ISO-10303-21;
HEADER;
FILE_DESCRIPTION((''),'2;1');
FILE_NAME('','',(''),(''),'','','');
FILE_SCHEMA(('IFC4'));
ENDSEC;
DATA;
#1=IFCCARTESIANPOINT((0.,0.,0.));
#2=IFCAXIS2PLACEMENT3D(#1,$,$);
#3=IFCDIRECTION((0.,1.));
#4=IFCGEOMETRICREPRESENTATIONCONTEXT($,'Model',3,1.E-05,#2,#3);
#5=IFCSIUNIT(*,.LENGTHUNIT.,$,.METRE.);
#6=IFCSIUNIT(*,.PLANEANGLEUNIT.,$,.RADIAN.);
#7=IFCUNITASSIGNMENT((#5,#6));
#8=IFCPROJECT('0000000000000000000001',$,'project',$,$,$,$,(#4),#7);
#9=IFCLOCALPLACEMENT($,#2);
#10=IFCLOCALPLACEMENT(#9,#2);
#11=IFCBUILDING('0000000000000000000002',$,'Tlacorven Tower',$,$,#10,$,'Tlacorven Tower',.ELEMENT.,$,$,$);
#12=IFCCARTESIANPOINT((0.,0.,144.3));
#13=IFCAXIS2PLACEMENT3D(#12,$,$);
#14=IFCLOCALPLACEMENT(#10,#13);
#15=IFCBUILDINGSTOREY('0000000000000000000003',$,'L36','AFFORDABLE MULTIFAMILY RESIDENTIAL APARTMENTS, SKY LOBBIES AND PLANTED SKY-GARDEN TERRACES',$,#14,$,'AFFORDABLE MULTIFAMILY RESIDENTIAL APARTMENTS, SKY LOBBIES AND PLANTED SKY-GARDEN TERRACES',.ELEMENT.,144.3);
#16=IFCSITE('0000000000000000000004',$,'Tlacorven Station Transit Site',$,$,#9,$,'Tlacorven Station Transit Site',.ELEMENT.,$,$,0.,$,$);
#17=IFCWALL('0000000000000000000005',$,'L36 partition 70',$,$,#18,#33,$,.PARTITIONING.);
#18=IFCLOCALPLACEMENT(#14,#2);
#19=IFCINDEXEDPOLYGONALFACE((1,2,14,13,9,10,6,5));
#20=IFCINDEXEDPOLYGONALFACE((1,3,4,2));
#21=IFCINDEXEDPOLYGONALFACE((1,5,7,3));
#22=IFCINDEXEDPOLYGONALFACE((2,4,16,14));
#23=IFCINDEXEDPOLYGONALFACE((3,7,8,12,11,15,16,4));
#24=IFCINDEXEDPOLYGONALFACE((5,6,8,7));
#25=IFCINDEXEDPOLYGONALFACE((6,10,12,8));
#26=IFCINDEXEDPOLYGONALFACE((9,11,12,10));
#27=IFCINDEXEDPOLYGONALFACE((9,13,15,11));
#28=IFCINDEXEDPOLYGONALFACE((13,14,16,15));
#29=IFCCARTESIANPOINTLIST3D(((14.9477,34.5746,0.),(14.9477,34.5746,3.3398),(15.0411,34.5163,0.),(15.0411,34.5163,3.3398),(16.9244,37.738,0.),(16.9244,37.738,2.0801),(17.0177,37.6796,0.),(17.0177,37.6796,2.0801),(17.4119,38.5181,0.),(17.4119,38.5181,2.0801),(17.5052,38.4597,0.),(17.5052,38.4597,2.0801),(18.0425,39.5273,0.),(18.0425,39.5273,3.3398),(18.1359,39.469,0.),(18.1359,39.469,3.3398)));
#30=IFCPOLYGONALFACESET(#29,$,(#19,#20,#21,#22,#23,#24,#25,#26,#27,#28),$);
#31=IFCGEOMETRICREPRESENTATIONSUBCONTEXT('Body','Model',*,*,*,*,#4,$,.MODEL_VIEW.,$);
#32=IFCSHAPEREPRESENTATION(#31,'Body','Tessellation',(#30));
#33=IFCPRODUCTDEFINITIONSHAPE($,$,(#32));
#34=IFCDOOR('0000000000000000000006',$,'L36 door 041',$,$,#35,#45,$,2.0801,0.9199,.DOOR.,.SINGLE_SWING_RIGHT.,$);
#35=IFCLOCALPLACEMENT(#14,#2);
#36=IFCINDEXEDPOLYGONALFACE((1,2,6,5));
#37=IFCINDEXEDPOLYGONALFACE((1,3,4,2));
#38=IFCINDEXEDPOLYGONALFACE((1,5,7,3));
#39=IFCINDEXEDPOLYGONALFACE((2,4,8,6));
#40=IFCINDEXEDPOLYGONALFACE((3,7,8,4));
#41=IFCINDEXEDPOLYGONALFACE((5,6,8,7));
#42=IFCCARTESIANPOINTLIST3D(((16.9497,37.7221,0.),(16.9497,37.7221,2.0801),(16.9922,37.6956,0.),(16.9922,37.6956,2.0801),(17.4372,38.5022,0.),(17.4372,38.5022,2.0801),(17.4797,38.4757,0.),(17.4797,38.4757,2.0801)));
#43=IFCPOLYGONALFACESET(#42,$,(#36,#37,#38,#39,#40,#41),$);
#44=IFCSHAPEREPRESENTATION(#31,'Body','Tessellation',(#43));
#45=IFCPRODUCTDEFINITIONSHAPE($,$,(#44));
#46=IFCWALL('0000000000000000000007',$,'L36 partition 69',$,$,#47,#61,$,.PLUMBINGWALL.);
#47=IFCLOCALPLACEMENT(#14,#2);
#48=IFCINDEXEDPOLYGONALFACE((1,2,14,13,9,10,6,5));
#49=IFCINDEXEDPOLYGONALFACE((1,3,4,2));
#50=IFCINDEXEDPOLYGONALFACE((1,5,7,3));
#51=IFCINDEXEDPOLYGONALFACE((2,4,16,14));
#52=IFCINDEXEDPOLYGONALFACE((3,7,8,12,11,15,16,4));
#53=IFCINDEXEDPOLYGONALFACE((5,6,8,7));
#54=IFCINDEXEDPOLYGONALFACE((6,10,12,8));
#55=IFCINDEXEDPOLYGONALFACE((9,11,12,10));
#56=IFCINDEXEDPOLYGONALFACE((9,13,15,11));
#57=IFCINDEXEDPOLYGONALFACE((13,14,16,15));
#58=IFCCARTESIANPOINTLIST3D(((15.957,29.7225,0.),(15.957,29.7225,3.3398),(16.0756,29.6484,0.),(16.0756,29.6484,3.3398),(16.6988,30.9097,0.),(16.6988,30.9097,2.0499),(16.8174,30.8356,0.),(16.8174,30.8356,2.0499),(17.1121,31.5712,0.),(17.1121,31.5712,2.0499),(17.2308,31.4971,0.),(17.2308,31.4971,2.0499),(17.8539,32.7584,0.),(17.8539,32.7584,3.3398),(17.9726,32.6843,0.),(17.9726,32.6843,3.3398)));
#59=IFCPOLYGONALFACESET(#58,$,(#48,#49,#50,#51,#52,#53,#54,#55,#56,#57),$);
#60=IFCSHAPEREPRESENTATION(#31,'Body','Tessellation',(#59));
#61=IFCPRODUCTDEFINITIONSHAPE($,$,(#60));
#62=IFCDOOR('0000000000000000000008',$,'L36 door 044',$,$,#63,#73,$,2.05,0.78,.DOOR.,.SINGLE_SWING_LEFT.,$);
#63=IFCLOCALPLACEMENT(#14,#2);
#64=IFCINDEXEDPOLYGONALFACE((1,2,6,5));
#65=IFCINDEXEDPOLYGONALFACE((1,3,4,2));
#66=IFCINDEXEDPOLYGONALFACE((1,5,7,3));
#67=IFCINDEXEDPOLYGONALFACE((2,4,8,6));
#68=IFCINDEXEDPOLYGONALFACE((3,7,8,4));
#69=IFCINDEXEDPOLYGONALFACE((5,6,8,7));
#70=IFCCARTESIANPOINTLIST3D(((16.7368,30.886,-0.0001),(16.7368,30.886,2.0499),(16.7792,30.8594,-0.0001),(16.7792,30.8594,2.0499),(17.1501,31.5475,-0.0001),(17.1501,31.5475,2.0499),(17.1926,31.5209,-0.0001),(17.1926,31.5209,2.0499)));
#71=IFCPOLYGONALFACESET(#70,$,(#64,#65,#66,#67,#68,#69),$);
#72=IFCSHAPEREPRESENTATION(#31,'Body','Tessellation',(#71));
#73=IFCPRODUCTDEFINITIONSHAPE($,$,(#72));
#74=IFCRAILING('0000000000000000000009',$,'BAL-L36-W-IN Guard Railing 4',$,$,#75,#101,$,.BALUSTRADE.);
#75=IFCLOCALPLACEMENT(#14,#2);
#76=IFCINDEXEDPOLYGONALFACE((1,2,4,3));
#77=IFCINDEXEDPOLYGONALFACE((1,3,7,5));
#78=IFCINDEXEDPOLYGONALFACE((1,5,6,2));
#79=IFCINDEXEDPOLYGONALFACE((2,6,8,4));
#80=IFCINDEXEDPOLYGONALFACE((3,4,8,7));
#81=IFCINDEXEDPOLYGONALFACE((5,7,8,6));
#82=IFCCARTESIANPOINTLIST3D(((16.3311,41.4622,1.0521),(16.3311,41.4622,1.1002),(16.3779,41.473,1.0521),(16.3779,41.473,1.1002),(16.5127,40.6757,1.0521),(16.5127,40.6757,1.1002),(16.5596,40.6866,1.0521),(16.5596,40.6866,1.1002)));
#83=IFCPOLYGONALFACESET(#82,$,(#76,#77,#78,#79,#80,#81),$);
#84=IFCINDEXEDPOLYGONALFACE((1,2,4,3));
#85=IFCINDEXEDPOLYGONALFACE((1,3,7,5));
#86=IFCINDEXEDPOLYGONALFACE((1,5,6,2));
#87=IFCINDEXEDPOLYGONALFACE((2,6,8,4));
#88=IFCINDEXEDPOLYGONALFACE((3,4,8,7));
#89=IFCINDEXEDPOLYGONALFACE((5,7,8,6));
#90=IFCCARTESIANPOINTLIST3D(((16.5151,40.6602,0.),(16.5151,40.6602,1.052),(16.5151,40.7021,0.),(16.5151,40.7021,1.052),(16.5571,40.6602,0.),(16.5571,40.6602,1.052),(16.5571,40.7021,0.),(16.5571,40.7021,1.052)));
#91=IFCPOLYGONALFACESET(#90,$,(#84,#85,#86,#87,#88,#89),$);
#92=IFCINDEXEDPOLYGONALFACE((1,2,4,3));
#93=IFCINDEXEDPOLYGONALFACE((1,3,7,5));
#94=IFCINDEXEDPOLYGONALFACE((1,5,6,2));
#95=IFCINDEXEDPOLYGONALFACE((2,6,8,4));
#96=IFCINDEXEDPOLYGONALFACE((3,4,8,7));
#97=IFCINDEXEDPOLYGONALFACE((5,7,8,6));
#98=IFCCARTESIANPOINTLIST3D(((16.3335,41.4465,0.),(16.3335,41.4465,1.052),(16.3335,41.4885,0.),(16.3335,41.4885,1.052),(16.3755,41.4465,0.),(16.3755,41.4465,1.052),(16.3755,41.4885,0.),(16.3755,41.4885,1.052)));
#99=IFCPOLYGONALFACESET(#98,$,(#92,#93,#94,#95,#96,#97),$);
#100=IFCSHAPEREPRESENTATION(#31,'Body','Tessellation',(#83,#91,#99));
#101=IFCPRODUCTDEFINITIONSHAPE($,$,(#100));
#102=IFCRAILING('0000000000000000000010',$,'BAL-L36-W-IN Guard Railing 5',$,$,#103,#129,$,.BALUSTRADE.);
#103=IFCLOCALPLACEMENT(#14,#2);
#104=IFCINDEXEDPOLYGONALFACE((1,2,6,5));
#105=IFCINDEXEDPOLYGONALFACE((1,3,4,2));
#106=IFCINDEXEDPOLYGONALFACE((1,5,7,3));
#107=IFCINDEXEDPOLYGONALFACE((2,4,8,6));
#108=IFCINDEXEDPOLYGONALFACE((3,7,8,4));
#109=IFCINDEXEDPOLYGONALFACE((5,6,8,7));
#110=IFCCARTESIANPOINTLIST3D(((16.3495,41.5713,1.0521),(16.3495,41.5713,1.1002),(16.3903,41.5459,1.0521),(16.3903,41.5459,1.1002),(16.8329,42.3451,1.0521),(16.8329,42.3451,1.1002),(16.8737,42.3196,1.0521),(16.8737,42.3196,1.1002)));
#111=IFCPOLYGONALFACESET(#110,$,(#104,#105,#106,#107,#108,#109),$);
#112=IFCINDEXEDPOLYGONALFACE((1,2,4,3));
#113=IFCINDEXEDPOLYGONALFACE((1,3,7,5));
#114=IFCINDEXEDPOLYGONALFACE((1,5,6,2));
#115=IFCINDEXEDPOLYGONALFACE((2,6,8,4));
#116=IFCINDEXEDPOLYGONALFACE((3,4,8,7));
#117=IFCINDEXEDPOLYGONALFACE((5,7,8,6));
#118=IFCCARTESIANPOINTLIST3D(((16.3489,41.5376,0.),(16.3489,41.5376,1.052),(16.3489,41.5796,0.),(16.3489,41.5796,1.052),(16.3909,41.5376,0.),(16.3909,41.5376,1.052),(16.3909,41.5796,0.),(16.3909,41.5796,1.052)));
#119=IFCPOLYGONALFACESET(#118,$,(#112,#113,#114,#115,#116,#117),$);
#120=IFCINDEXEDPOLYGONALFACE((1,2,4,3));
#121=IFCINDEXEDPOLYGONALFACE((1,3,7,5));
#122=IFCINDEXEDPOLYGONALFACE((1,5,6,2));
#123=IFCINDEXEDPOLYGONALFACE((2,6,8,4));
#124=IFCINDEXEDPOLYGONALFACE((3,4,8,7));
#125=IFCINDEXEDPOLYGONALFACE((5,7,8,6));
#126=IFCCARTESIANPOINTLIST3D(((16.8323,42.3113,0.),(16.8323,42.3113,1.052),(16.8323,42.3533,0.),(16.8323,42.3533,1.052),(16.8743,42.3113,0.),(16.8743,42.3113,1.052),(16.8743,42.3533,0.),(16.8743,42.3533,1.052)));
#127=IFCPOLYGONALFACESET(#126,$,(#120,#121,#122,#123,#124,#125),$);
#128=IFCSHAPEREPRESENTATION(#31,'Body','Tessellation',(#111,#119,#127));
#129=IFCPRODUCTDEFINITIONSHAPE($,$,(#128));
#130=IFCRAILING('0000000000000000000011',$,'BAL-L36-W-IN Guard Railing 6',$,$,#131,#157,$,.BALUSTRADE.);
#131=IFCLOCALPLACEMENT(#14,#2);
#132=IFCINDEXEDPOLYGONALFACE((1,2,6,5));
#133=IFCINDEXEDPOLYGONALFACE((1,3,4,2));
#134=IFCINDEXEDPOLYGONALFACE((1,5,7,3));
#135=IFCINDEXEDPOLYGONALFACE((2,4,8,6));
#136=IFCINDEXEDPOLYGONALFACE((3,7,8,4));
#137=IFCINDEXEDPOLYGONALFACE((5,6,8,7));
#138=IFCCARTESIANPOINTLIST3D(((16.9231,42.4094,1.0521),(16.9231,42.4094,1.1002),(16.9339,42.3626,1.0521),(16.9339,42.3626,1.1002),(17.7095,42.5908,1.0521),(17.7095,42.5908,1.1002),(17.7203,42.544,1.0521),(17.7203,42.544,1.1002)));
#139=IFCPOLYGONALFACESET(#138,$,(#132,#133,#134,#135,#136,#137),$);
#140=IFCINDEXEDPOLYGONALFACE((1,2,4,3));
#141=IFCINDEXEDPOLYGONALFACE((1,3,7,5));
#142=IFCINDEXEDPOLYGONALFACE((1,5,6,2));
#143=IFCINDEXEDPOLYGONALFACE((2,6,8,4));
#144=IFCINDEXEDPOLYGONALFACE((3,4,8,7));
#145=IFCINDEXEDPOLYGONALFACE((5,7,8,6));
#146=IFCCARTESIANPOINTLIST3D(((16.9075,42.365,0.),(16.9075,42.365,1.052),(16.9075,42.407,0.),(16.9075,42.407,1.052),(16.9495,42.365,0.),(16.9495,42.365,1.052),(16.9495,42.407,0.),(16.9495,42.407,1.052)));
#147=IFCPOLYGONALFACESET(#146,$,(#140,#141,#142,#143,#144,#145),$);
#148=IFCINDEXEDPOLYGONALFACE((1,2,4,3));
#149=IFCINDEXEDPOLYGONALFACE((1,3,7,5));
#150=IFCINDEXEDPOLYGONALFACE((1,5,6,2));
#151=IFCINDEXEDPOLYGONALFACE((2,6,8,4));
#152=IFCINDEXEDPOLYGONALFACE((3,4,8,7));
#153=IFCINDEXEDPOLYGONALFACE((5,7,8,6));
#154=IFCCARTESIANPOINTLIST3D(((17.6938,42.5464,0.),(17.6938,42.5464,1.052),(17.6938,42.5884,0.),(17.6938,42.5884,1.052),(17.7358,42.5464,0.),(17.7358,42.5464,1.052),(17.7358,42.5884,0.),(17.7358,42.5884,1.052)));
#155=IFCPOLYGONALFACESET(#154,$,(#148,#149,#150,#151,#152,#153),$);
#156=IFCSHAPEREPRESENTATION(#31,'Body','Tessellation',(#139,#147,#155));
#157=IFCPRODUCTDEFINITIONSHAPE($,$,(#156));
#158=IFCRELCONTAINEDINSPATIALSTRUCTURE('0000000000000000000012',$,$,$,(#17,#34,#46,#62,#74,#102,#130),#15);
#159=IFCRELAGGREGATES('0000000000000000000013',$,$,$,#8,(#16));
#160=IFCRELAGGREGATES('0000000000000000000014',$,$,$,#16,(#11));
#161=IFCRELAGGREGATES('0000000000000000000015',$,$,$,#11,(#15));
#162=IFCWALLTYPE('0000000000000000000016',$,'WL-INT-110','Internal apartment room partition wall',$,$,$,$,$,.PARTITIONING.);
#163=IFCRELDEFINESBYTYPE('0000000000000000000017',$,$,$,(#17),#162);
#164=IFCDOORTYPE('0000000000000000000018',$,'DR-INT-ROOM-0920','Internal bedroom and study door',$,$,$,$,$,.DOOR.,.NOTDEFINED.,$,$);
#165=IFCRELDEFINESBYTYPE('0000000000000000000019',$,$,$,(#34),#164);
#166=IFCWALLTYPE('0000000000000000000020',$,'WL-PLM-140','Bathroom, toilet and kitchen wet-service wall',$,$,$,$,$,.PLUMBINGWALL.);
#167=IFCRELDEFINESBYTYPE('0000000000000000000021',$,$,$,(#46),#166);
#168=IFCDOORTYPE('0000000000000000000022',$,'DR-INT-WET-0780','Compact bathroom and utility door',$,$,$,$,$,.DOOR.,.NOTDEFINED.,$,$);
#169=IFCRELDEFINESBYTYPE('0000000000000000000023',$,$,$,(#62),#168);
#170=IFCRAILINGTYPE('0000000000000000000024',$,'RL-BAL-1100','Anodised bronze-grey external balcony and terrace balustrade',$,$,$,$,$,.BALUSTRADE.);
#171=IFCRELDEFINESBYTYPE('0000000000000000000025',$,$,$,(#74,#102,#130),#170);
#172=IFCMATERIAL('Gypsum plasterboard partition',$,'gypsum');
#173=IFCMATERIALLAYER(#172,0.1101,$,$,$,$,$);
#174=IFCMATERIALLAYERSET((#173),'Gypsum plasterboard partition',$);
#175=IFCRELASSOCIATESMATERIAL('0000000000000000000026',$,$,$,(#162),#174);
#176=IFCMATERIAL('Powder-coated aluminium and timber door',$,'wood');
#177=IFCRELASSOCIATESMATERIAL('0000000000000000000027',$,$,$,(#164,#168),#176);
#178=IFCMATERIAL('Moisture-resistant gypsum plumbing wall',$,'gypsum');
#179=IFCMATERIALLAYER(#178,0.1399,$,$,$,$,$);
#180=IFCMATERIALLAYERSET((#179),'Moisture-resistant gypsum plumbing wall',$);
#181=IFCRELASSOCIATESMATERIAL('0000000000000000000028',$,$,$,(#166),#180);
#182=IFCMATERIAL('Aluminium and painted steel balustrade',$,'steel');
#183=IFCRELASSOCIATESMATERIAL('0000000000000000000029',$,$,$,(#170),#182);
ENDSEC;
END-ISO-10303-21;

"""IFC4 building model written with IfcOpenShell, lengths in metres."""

from ifc_helpers import new_model, si_unit, direction, frame, frame_2d, origin, origin_2d, place, context, subcontext, project, spatial, rectangle, extrude, source, transform, mapped, material, layer, layer_set, type_object, element, fill, save


model = new_model("IFC4")

# Units and contexts
model_context = context("Model", 3, precision=1e-05, world=origin(), true_north=direction((0.0, 1.0)))
body_context = subcontext(model_context, "Body", "Model", "MODEL_VIEW")
ifc_project = project(units=[si_unit("LENGTHUNIT", "METRE"), si_unit("PLANEANGLEUNIT", "RADIAN")], contexts=[model_context])

# Site, building, storey
site_placement = place(None, origin())
site = spatial("IfcSite", under=ifc_project, at=site_placement, Name="Tlacorven Station Transit Site", LongName="Tlacorven Station Transit Site", CompositionType="ELEMENT", RefElevation=0.0)
building_placement = place(site_placement, origin())
building = spatial("IfcBuilding", under=site, at=building_placement, Name="Tlacorven Tower", LongName="Tlacorven Tower", CompositionType="ELEMENT")
storey_placement = place(building_placement, frame((0.0, 0.0, 144.3)))
storey = spatial("IfcBuildingStorey", under=building, at=storey_placement, Name="L36", Description="AFFORDABLE MULTIFAMILY RESIDENTIAL APARTMENTS, SKY LOBBIES AND PLANTED SKY-GARDEN TERRACES", LongName="AFFORDABLE MULTIFAMILY RESIDENTIAL APARTMENTS, SKY LOBBIES AND PLANTED SKY-GARDEN TERRACES", CompositionType="ELEMENT", Elevation=144.3)

# Shared definitions
ifc_material_1 = material(Name="Powder-coated aluminium and timber door", Category="wood")

# Walls, openings, doors
ifc_material_2 = material(Name="Gypsum plasterboard partition", Category="gypsum")
ifc_layer_1 = layer(ifc_material_2, 0.1101)
ifc_layer_set_1 = layer_set([ifc_layer_1], Name="Gypsum plasterboard partition")
wall_type_1 = type_object("IfcWallType", Name="WL-INT-110", Description="Internal apartment room partition wall", PredefinedType="PARTITIONING", material=ifc_layer_set_1)
wall_1_placement = place(storey_placement, frame((18.0891, 39.498, 0.0), z_axis=(0.0, 0.0, 1.0), x_axis=(-0.529916, -0.84805, 0.0)))
wall_1 = element("IfcWall", 1, at=wall_1_placement, inside=storey, type_object=wall_type_1, Name="L36 partition 70", PredefinedType="PARTITIONING", context=body_context, shape_type="SweptSolid", body=[
    extrude(rectangle(XDim=5.8401, YDim=0.1101, at=frame_2d((2.9199, 0.0))), origin(), (0.0, 0.0, 1.0), 3.3398),
])
opening_1_placement = place(wall_1_placement, frame((1.1899, 0.0, 0.0)))
opening_1 = element("IfcOpeningElement", 2, at=opening_1_placement, cuts=wall_1, PredefinedType="OPENING", context=body_context, shape_type="SweptSolid", body=[
    extrude(rectangle(XDim=0.9199, YDim=2.0801, at=frame_2d((0.46, 1.04))), frame((0.0, 0.0649, 0.0), z_axis=(0.0, -1.0, 0.0), x_axis=(1.0, 0.0, 0.0)), (0.0, 0.0, 1.0), 0.1301),
])
door_type_1 = type_object("IfcDoorType", Name="DR-INT-ROOM-0920", Description="Internal bedroom and study door", OperationType="NOTDEFINED", PredefinedType="DOOR", material=ifc_material_1)
shared_shape_1 = source(origin(), body_context, "Body", "SweptSolid", [
    extrude(rectangle(XDim=0.9199, YDim=2.0801, at=frame_2d((0.46, 1.04))), frame((0.0, 0.0249, 0.0), z_axis=(0.0, -1.0, 0.0), x_axis=(1.0, 0.0, 0.0)), (0.0, 0.0, 1.0), 0.05),
])
door_1_placement = place(opening_1_placement, origin())
door_1 = element("IfcDoor", 3, at=door_1_placement, inside=storey, type_object=door_type_1, Name="L36 door 041", OperationType="SINGLE_SWING_RIGHT", OverallHeight=2.0801, OverallWidth=0.9199, PredefinedType="DOOR", context=body_context, shape_type="MappedRepresentation", body=[
    mapped(shared_shape_1, transform((0.0, 0.0, 0.0), scale=1.0)),
])
fill(opening_1, door_1)
ifc_material_3 = material(Name="Moisture-resistant gypsum plumbing wall", Category="gypsum")
ifc_layer_2 = layer(ifc_material_3, 0.1399)
ifc_layer_set_2 = layer_set([ifc_layer_2], Name="Moisture-resistant gypsum plumbing wall")
wall_type_2 = type_object("IfcWallType", Name="WL-PLM-140", Description="Bathroom, toilet and kitchen wet-service wall", PredefinedType="PLUMBINGWALL", material=ifc_layer_set_2)
wall_2_placement = place(storey_placement, frame((17.9133, 32.7214, 0.0), z_axis=(0.0, 0.0, 1.0), x_axis=(-0.529907, -0.848056, 0.0)))
wall_2 = element("IfcWall", 4, at=wall_2_placement, inside=storey, type_object=wall_type_2, Name="L36 partition 69", PredefinedType="PLUMBINGWALL", context=body_context, shape_type="SweptSolid", body=[
    extrude(rectangle(XDim=3.5798, YDim=0.1399, at=frame_2d((1.79, 0.0))), origin(), (0.0, 0.0, 1.0), 3.3398),
])
opening_2_placement = place(wall_2_placement, frame((1.3999, 0.0, 0.0)))
opening_2 = element("IfcOpeningElement", 5, at=opening_2_placement, cuts=wall_2, PredefinedType="OPENING", context=body_context, shape_type="SweptSolid", body=[
    extrude(rectangle(XDim=0.78, YDim=2.05, at=frame_2d((0.3901, 1.0249))), frame((0.0, 0.0801, 0.0), z_axis=(0.0, -1.0, 0.0), x_axis=(1.0, 0.0, 0.0)), (0.0, 0.0, 1.0), 0.1599),
])
door_type_2 = type_object("IfcDoorType", Name="DR-INT-WET-0780", Description="Compact bathroom and utility door", OperationType="NOTDEFINED", PredefinedType="DOOR", material=ifc_material_1)
shared_shape_2 = source(origin(), body_context, "Body", "SweptSolid", [
    extrude(rectangle(XDim=0.78, YDim=2.05, at=frame_2d((0.3901, 1.0249))), frame((0.0, 0.0249, 0.0), z_axis=(0.0, -1.0, 0.0), x_axis=(1.0, 0.0, 0.0)), (0.0, 0.0, 1.0), 0.05),
])
door_2_placement = place(opening_2_placement, origin())
door_2 = element("IfcDoor", 6, at=door_2_placement, inside=storey, type_object=door_type_2, Name="L36 door 044", OperationType="SINGLE_SWING_LEFT", OverallHeight=2.05, OverallWidth=0.78, PredefinedType="DOOR", context=body_context, shape_type="MappedRepresentation", body=[
    mapped(shared_shape_2, transform((0.0, 0.0, 0.0), scale=1.0)),
])
fill(opening_2, door_2)

# Railings
ifc_material_4 = material(Name="Aluminium and painted steel balustrade", Category="steel")
railing_type = type_object("IfcRailingType", Name="RL-BAL-1100", Description="Anodised bronze-grey external balcony and terrace balustrade", PredefinedType="BALUSTRADE", material=ifc_material_4)
shared_shape_3 = source(origin(), body_context, "Body", "SweptSolid", [
    extrude(rectangle(XDim=0.0481, YDim=0.0481, at=origin_2d()), frame((0.0, 0.0, 1.0762), z_axis=(-0.225058, 0.974345, 0.0), x_axis=(-0.974345, -0.225058, 0.0)), (0.0, 0.0, 1.0), 0.8071),
    extrude(rectangle(XDim=0.042, YDim=0.042, at=origin_2d()), origin(), (0.0, 0.0, 1.0), 1.052),
    extrude(rectangle(XDim=0.042, YDim=0.042, at=origin_2d()), frame((-0.1816, 0.7864, 0.0)), (0.0, 0.0, 1.0), 1.052),
])
railing_1_placement = place(storey_placement, frame((16.5361, 40.6812, 0.0)))
element("IfcRailing", 7, at=railing_1_placement, inside=storey, type_object=railing_type, Name="BAL-L36-W-IN Guard Railing 4", PredefinedType="BALUSTRADE", context=body_context, shape_type="MappedRepresentation", body=[
    mapped(shared_shape_3, transform((0.0, 0.0, 0.0), scale=1.0)),
])
shared_shape_4 = source(origin(), body_context, "Body", "SweptSolid", [
    extrude(rectangle(XDim=0.0481, YDim=0.0481, at=origin_2d()), frame((0.0, 0.0, 1.0762), z_axis=(0.529879, 0.848073, 0.0), x_axis=(-0.848073, 0.529879, 0.0)), (0.0, 0.0, 1.0), 0.9124),
    extrude(rectangle(XDim=0.042, YDim=0.042, at=origin_2d()), origin(), (0.0, 0.0, 1.0), 1.052),
    extrude(rectangle(XDim=0.042, YDim=0.042, at=origin_2d()), frame((0.4834, 0.7737, 0.0)), (0.0, 0.0, 1.0), 1.052),
])
railing_2_placement = place(storey_placement, frame((16.3699, 41.5586, 0.0)))
element("IfcRailing", 8, at=railing_2_placement, inside=storey, type_object=railing_type, Name="BAL-L36-W-IN Guard Railing 5", PredefinedType="BALUSTRADE", context=body_context, shape_type="MappedRepresentation", body=[
    mapped(shared_shape_4, transform((0.0, 0.0, 0.0), scale=1.0)),
])
shared_shape_5 = source(origin(), body_context, "Body", "SweptSolid", [
    extrude(rectangle(XDim=0.0481, YDim=0.0481, at=origin_2d()), frame((0.0, 0.0, 1.0762), z_axis=(0.974412, 0.224771, 0.0), x_axis=(-0.224771, 0.974412, 0.0)), (0.0, 0.0, 1.0), 0.8071),
    extrude(rectangle(XDim=0.042, YDim=0.042, at=origin_2d()), origin(), (0.0, 0.0, 1.0), 1.052),
    extrude(rectangle(XDim=0.042, YDim=0.042, at=origin_2d()), frame((0.7864, 0.1814, 0.0)), (0.0, 0.0, 1.0), 1.052),
])
railing_3_placement = place(storey_placement, frame((16.9285, 42.386, 0.0)))
element("IfcRailing", 9, at=railing_3_placement, inside=storey, type_object=railing_type, Name="BAL-L36-W-IN Guard Railing 6", PredefinedType="BALUSTRADE", context=body_context, shape_type="MappedRepresentation", body=[
    mapped(shared_shape_5, transform((0.0, 0.0, 0.0), scale=1.0)),
])

save(model, "model.ifc")
